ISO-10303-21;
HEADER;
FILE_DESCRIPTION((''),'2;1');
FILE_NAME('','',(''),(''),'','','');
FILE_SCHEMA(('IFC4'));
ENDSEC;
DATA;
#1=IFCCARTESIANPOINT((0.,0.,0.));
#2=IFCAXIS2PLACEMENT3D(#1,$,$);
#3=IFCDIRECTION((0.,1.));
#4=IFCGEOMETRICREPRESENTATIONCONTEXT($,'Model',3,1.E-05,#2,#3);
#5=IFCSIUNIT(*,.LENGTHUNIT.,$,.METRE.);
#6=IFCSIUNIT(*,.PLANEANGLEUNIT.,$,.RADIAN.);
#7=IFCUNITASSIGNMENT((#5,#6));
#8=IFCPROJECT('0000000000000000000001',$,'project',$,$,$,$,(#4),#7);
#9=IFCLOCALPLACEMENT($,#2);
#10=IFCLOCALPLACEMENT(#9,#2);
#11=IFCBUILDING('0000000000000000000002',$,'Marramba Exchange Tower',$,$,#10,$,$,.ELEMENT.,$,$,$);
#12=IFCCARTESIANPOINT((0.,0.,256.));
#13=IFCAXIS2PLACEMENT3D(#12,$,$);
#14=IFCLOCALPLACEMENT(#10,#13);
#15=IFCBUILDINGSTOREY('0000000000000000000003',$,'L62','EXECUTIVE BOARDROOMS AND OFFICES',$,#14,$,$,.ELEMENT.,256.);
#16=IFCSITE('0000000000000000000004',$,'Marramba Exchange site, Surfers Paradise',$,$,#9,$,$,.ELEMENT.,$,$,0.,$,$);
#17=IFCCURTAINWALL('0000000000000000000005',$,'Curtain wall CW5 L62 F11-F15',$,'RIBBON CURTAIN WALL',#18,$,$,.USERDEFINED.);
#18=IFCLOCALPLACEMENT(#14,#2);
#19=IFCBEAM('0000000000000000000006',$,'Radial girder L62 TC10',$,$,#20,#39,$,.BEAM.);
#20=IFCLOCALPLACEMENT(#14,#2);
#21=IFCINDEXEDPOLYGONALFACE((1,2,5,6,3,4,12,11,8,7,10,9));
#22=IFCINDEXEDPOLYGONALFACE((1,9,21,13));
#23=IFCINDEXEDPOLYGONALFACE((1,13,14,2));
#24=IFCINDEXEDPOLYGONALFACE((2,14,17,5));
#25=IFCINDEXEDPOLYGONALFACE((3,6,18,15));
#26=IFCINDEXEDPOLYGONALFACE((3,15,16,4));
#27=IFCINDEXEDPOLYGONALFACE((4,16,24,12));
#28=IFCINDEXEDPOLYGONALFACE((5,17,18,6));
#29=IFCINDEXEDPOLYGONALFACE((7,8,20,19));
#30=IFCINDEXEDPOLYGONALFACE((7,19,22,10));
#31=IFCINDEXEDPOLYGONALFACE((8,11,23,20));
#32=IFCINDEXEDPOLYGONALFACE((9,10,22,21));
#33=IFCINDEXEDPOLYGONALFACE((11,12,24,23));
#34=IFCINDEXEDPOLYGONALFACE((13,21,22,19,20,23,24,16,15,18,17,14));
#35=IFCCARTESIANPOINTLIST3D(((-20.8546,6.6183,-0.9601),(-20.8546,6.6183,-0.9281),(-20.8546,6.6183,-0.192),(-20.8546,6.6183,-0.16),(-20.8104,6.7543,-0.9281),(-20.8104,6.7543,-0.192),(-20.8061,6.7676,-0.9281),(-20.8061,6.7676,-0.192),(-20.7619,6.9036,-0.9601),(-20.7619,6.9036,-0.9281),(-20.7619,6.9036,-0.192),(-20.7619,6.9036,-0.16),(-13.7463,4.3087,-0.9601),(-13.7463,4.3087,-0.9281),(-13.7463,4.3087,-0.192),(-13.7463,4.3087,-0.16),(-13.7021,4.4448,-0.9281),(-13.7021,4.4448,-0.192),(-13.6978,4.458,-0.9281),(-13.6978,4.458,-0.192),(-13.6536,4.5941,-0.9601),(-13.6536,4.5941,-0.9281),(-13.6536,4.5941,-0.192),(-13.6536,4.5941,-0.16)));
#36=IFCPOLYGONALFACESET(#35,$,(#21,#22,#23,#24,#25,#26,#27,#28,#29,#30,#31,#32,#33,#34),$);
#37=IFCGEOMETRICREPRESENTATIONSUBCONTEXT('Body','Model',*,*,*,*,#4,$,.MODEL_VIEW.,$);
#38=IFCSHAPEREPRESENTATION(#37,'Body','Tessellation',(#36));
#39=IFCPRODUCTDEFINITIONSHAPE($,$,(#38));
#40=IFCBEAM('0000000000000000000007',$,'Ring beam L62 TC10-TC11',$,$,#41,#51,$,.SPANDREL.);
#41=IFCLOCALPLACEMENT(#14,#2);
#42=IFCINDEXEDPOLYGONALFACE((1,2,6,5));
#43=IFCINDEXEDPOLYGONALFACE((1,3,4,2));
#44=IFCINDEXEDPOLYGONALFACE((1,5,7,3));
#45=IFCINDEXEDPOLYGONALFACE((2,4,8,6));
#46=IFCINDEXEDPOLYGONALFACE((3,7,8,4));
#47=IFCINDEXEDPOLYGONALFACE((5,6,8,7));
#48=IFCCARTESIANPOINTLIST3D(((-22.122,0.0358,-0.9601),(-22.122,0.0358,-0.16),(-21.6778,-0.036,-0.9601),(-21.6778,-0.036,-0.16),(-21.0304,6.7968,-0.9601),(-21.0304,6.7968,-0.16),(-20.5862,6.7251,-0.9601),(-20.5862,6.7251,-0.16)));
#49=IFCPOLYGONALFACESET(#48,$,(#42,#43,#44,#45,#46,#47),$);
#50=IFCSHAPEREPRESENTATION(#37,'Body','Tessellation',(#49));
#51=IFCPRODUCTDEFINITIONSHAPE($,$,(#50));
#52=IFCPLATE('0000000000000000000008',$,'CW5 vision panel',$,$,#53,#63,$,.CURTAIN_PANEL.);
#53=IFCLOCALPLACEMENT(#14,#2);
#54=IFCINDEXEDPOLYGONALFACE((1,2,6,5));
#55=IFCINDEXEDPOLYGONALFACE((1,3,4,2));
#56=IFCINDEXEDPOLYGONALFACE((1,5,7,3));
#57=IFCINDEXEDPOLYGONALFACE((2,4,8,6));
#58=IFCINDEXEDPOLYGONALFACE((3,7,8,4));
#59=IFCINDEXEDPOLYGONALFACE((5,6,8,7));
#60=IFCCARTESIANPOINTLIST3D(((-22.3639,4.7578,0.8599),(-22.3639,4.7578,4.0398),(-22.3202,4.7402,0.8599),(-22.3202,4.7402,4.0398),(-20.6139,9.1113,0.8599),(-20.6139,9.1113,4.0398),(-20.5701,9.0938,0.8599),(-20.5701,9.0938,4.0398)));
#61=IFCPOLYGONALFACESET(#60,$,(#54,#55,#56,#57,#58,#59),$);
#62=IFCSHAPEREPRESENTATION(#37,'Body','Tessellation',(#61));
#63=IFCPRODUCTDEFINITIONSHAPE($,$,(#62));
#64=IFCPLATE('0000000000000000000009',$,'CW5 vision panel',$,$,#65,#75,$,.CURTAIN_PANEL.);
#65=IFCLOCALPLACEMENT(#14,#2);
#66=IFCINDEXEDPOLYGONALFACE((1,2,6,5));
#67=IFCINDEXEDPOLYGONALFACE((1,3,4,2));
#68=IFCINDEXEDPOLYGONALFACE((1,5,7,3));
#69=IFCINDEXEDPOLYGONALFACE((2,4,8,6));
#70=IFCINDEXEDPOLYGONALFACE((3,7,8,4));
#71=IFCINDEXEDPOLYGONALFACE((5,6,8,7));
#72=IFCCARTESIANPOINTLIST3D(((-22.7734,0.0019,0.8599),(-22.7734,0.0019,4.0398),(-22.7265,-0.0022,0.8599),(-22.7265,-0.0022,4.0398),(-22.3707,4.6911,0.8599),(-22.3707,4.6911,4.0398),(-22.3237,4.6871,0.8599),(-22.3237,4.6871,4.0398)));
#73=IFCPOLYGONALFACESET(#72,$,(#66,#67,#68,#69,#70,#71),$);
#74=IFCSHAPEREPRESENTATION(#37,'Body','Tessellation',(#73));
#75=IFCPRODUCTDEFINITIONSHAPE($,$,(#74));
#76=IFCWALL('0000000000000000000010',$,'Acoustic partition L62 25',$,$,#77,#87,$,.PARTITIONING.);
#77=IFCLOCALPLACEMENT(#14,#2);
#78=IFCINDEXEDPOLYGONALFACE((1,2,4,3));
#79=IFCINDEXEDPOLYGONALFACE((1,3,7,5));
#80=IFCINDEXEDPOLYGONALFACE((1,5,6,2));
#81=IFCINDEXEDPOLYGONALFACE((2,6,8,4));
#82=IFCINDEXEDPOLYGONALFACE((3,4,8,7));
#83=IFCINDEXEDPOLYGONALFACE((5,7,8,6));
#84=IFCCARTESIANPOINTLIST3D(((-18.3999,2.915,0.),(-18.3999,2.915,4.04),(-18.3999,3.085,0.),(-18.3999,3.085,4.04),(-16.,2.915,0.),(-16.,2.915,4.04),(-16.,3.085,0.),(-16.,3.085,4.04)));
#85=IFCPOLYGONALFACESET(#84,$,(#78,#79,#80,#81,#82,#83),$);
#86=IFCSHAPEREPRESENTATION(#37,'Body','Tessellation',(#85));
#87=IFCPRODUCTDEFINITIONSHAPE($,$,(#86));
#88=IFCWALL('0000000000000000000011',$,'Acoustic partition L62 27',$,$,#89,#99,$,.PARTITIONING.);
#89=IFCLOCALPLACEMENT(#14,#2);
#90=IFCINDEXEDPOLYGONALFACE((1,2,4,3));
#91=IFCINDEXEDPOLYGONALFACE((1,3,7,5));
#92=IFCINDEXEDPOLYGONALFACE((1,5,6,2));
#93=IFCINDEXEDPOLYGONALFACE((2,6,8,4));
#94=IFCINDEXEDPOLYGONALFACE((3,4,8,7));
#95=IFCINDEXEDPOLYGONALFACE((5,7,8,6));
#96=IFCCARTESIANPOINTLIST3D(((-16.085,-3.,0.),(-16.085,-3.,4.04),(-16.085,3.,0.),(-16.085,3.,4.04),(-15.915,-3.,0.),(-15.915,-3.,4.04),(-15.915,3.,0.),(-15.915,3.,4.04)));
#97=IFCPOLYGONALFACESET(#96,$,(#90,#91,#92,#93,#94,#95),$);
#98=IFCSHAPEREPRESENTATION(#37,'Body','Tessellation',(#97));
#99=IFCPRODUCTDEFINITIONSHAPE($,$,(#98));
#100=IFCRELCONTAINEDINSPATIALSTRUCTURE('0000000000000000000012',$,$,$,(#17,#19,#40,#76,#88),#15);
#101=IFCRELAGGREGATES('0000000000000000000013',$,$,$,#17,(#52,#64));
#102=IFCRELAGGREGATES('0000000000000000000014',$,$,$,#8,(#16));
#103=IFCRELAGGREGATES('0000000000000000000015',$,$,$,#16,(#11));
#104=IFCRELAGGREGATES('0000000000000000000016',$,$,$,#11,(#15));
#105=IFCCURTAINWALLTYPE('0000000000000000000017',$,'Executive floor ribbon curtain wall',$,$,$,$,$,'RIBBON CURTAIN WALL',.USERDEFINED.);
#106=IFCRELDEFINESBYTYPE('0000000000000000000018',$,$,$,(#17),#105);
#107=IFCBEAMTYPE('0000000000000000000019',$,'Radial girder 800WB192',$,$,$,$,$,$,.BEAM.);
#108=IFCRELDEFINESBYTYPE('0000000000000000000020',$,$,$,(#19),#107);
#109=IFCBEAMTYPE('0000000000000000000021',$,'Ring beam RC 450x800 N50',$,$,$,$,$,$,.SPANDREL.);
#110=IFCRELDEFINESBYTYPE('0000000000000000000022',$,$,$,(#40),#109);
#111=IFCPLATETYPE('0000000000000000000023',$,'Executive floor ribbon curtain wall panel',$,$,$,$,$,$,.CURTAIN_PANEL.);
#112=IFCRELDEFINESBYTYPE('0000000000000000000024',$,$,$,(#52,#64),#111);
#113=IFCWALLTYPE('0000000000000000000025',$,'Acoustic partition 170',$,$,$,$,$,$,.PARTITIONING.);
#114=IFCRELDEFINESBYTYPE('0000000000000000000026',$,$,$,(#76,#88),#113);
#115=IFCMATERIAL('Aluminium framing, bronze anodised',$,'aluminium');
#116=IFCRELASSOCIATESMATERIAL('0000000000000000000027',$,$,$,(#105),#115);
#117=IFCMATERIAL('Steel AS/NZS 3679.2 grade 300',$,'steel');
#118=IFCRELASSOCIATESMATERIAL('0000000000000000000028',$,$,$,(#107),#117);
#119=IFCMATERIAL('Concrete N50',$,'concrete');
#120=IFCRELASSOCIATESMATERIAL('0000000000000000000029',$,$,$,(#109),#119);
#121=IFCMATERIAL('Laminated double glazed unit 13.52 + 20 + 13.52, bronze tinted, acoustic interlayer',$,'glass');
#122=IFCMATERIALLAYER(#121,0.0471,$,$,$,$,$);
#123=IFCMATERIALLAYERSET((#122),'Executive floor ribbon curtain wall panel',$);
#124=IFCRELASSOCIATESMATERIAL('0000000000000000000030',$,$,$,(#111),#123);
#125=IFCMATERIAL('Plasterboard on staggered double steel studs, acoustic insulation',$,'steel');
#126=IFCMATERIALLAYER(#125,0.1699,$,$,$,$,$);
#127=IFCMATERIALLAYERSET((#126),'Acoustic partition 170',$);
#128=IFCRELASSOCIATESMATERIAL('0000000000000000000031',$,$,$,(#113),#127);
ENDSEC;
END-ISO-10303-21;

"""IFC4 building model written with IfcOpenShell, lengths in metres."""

from ifc_helpers import new_model, si_unit, direction, frame, frame_2d, origin, origin_2d, place, context, subcontext, project, spatial, rectangle, i_section, extrude, material, layer, layer_set, material_profile, profile_set, type_object, element, aggregate, save


model = new_model("IFC4")

# Units and contexts
model_context = context("Model", 3, precision=1e-05, world=origin(), true_north=direction((0.0, 1.0)))
body_context = subcontext(model_context, "Body", "Model", "MODEL_VIEW")
ifc_project = project(units=[si_unit("LENGTHUNIT", "METRE"), si_unit("PLANEANGLEUNIT", "RADIAN")], contexts=[model_context])

# Site, building, storey
site_placement = place(None, origin())
site = spatial("IfcSite", under=ifc_project, at=site_placement, Name="Marramba Exchange site, Surfers Paradise", CompositionType="ELEMENT", RefElevation=0.0)
building_placement = place(site_placement, origin())
building = spatial("IfcBuilding", under=site, at=building_placement, Name="Marramba Exchange Tower", CompositionType="ELEMENT")
storey_placement = place(building_placement, frame((0.0, 0.0, 256.0)))
storey = spatial("IfcBuildingStorey", under=building, at=storey_placement, Name="L62", Description="EXECUTIVE BOARDROOMS AND OFFICES", CompositionType="ELEMENT", Elevation=256.0)

# Shared definitions
ifc_material_1 = material(Name="Concrete N50", Category="concrete")

# Curtain wall
ifc_material_2 = material(Name="Aluminium framing, bronze anodised", Category="aluminium")
curtain_wall_type = type_object("IfcCurtainWallType", Name="Executive floor ribbon curtain wall", ElementType="RIBBON CURTAIN WALL", PredefinedType="USERDEFINED", material=ifc_material_2)
curtain_wall_placement = place(storey_placement, origin())
curtain_wall = element("IfcCurtainWall", 1, at=curtain_wall_placement, inside=storey, type_object=curtain_wall_type, Name="Curtain wall CW5 L62 F11-F15", ObjectType="RIBBON CURTAIN WALL", PredefinedType="USERDEFINED")

# Beams
ifc_material_3 = material(Name="Steel AS/NZS 3679.2 grade 300", Category="steel")
ifc_material_profile_1 = material_profile(ifc_material_3, i_section(OverallWidth=0.3, OverallDepth=0.8, WebThickness=0.0139, FlangeThickness=0.032, at=origin_2d()), Name="800WB192")
ifc_profile_set_1 = profile_set([ifc_material_profile_1], Name="Steel AS/NZS 3679.2 grade 300")
beam_type_1 = type_object("IfcBeamType", Name="Radial girder 800WB192", PredefinedType="BEAM", material=ifc_profile_set_1)
beam_1_placement = place(storey_placement, frame((-13.7, 4.4514, -0.5601), z_axis=(-0.95106, 0.309006, 0.0), x_axis=(-0.309006, -0.95106, 0.0)))
element("IfcBeam", 2, at=beam_1_placement, inside=storey, type_object=beam_type_1, Name="Radial girder L62 TC10", PredefinedType="BEAM", context=body_context, shape_type="SweptSolid", body=[
    extrude(i_section(OverallWidth=0.3, OverallDepth=0.8, WebThickness=0.0139, FlangeThickness=0.032, at=origin_2d()), origin(), (0.0, 0.0, 1.0), 7.4741),
])
ifc_material_profile_2 = material_profile(ifc_material_1, rectangle(XDim=0.45, YDim=0.8, at=origin_2d()), Name="RC 450x800")
ifc_profile_set_2 = profile_set([ifc_material_profile_2], Name="Concrete N50")
beam_type_2 = type_object("IfcBeamType", Name="Ring beam RC 450x800 N50", PredefinedType="SPANDREL", material=ifc_profile_set_2)
beam_2_placement = place(storey_placement, frame((-20.8083, 6.761, -0.5601), z_axis=(-0.159385, -0.987217, 0.0), x_axis=(0.987217, -0.159385, 0.0)))
element("IfcBeam", 3, at=beam_2_placement, inside=storey, type_object=beam_type_2, Name="Ring beam L62 TC10-TC11", PredefinedType="SPANDREL", context=body_context, shape_type="SweptSolid", body=[
    extrude(rectangle(XDim=0.45, YDim=0.8, at=origin_2d()), origin(), (0.0, 0.0, 1.0), 6.8486),
])

# Plates
ifc_material_4 = material(Name="Laminated double glazed unit 13.52 + 20 + 13.52, bronze tinted, acoustic interlayer", Category="glass")
ifc_layer_1 = layer(ifc_material_4, 0.0471)
ifc_layer_set_1 = layer_set([ifc_layer_1], Name="Executive floor ribbon curtain wall panel")
plate_type = type_object("IfcPlateType", Name="Executive floor ribbon curtain wall panel", PredefinedType="CURTAIN_PANEL", material=ifc_layer_set_1)
plate_1_placement = place(storey_placement, frame((-21.467, 6.9258, 0.8599), z_axis=(0.0, 0.0, 1.0), x_axis=(-0.372983, -0.927838, 0.0)))
plate_1 = element("IfcPlate", 4, at=plate_1_placement, type_object=plate_type, Name="CW5 vision panel", PredefinedType="CURTAIN_PANEL", context=body_context, shape_type="SweptSolid", body=[
    extrude(rectangle(XDim=4.6921, YDim=0.0471, at=origin_2d()), origin(), (0.0, 0.0, 1.0), 3.1799),
])
plate_2_placement = place(storey_placement, frame((-22.5486, 2.3445, 0.8599), z_axis=(0.0, 0.0, 1.0), x_axis=(-0.085574, -0.996332, 0.0)))
plate_2 = element("IfcPlate", 5, at=plate_2_placement, type_object=plate_type, Name="CW5 vision panel", PredefinedType="CURTAIN_PANEL", context=body_context, shape_type="SweptSolid", body=[
    extrude(rectangle(XDim=4.7065, YDim=0.0471, at=origin_2d()), origin(), (0.0, 0.0, 1.0), 3.1799),
])
aggregate(curtain_wall, [plate_1, plate_2])

# Walls
ifc_material_5 = material(Name="Plasterboard on staggered double steel studs, acoustic insulation", Category="steel")
ifc_layer_2 = layer(ifc_material_5, 0.1699)
ifc_layer_set_2 = layer_set([ifc_layer_2], Name="Acoustic partition 170")
wall_type_1 = type_object("IfcWallType", Name="Acoustic partition 170", PredefinedType="PARTITIONING", material=ifc_layer_set_2)
wall_1_placement = place(storey_placement, frame((-18.3999, 3.0, 0.0), z_axis=(0.0, 0.0, 1.0), x_axis=(1.0, 0.0, 0.0)))
element("IfcWall", 6, at=wall_1_placement, inside=storey, type_object=wall_type_1, Name="Acoustic partition L62 25", PredefinedType="PARTITIONING", context=body_context, shape_type="SweptSolid", body=[
    extrude(rectangle(XDim=2.3999, YDim=0.1699, at=frame_2d((1.2, 0.0))), origin(), (0.0, 0.0, 1.0), 4.04),
])
wall_2_placement = place(storey_placement, frame((-16.0, 3.0, 0.0), z_axis=(0.0, 0.0, 1.0), x_axis=(0.0, -1.0, 0.0)))
element("IfcWall", 7, at=wall_2_placement, inside=storey, type_object=wall_type_1, Name="Acoustic partition L62 27", PredefinedType="PARTITIONING", context=body_context, shape_type="SweptSolid", body=[
    extrude(rectangle(XDim=6.0, YDim=0.1699, at=frame_2d((3.0, 0.0))), origin(), (0.0, 0.0, 1.0), 4.04),
])

save(model, "model.ifc")
